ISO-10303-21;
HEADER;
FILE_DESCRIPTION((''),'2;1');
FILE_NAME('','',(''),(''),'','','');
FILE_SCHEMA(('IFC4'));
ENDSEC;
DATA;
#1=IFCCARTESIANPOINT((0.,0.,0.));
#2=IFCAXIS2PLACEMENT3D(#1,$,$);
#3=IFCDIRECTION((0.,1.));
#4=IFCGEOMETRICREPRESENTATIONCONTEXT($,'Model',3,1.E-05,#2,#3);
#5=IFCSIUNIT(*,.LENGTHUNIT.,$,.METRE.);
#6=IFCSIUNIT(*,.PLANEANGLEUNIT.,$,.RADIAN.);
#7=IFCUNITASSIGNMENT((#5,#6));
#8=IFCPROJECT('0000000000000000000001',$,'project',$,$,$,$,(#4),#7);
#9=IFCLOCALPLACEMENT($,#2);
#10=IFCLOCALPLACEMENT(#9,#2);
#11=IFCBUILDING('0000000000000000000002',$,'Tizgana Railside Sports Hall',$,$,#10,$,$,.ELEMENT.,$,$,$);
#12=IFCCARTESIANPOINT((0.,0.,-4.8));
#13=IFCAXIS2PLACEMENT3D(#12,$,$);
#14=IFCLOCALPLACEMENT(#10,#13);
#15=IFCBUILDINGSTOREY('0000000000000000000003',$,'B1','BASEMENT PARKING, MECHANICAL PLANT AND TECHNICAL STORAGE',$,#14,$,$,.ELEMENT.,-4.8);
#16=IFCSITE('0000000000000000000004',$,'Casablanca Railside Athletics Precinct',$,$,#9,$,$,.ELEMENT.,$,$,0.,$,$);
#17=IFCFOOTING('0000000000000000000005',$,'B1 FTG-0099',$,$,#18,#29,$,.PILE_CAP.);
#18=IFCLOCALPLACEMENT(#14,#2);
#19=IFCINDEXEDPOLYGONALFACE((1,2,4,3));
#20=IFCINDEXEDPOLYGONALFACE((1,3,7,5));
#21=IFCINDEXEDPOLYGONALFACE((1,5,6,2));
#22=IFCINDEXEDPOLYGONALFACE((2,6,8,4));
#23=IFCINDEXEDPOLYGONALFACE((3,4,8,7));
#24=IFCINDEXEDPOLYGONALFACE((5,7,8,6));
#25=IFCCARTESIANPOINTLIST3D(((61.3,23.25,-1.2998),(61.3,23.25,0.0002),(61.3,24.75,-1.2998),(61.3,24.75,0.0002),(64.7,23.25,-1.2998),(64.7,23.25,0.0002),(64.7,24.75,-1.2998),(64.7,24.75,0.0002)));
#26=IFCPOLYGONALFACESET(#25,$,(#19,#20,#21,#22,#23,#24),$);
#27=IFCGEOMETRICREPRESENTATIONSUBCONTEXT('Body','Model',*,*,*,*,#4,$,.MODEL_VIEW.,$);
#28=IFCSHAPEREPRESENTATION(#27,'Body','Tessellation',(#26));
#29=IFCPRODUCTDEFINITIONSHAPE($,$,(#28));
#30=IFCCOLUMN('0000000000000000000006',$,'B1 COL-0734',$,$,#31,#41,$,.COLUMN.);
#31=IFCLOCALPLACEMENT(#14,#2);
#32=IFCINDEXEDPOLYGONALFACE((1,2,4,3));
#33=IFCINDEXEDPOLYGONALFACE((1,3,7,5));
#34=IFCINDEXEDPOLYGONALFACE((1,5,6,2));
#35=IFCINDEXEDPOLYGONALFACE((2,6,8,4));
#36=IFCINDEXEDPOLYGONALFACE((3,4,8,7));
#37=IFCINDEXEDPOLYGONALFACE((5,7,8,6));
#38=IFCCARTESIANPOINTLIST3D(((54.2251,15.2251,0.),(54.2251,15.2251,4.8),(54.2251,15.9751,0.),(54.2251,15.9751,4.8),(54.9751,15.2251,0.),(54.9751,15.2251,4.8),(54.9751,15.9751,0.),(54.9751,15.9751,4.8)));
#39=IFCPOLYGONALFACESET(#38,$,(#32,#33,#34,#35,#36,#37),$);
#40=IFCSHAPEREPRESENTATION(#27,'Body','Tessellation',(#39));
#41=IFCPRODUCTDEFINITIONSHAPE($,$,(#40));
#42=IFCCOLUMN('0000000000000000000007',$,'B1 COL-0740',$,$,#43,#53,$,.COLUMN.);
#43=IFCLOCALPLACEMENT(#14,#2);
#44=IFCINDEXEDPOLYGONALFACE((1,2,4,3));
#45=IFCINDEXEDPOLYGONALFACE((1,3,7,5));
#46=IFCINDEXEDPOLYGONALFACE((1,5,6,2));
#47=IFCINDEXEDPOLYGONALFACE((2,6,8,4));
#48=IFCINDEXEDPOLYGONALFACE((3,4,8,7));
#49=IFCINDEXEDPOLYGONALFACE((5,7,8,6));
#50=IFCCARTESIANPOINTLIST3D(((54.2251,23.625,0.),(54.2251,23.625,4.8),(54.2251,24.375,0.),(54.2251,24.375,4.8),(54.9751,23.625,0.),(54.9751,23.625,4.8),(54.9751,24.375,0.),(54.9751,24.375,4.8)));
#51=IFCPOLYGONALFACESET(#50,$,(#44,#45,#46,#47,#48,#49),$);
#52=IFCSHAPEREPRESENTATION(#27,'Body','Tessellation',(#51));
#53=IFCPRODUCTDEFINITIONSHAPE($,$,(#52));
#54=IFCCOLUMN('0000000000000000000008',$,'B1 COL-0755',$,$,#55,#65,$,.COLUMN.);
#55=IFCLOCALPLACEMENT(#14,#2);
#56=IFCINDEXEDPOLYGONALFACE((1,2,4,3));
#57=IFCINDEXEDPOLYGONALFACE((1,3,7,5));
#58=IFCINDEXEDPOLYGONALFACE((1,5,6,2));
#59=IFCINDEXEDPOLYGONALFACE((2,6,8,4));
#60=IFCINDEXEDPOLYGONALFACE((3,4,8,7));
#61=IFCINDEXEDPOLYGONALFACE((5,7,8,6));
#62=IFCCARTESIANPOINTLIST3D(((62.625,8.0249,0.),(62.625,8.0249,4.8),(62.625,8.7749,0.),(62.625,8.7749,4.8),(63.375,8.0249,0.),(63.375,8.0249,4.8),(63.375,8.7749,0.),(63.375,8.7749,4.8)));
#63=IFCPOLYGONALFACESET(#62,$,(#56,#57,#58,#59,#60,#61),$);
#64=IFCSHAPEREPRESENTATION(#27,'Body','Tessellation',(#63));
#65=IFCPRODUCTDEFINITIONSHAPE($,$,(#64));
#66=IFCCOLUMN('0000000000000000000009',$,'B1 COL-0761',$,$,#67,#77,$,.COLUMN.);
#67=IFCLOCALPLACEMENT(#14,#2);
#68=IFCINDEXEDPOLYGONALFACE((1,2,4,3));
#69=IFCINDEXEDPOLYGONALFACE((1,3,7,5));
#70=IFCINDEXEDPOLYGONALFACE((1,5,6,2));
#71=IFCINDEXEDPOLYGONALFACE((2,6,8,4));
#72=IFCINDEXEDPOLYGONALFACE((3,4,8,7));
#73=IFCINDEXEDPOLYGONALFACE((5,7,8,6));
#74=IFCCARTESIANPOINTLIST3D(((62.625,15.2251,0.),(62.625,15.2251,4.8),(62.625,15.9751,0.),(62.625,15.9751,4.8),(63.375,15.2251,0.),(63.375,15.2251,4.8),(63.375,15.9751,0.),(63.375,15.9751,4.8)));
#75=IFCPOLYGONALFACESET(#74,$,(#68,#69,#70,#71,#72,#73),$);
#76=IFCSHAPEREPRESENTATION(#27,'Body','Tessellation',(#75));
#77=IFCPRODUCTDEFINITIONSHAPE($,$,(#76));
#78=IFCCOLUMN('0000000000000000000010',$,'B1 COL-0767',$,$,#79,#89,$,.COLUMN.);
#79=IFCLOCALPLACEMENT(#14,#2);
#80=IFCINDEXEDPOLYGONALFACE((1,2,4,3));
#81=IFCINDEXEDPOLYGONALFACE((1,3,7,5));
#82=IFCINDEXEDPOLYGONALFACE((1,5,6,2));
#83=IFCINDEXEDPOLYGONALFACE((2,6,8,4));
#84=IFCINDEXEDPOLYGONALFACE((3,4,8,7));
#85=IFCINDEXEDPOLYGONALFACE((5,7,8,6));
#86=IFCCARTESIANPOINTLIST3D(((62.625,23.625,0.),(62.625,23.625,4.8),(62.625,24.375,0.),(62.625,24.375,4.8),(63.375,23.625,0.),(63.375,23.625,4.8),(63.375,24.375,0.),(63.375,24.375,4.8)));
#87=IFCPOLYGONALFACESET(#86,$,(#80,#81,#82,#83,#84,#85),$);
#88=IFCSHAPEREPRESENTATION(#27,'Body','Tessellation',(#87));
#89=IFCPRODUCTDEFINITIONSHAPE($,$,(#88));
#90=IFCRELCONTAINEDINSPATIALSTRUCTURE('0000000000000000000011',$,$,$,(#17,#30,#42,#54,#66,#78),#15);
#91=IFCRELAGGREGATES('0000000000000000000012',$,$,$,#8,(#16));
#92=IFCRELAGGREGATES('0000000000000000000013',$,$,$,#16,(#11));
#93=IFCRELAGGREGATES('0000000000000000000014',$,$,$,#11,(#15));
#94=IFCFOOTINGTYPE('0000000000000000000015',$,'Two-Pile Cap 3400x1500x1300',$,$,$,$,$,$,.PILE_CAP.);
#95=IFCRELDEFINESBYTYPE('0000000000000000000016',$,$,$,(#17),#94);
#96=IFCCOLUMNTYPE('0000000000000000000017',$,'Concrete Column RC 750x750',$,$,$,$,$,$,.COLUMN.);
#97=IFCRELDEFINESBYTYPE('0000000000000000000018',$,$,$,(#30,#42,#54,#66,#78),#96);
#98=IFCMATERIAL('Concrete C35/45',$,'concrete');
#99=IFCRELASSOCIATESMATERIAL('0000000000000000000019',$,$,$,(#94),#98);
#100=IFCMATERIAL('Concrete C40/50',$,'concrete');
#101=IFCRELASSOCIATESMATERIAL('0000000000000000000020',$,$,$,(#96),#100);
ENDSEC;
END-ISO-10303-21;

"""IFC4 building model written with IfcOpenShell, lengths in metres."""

from ifc_helpers import new_model, si_unit, direction, frame, origin, origin_2d, place, context, subcontext, project, spatial, rectangle, extrude, material, material_profile, profile_set, type_object, element, save


model = new_model("IFC4")

# Units and contexts
model_context = context("Model", 3, precision=1e-05, world=origin(), true_north=direction((0.0, 1.0)))
body_context = subcontext(model_context, "Body", "Model", "MODEL_VIEW")
ifc_project = project(units=[si_unit("LENGTHUNIT", "METRE"), si_unit("PLANEANGLEUNIT", "RADIAN")], contexts=[model_context])

# Site, building, storey
site_placement = place(None, origin())
site = spatial("IfcSite", under=ifc_project, at=site_placement, Name="Casablanca Railside Athletics Precinct", CompositionType="ELEMENT", RefElevation=0.0)
building_placement = place(site_placement, origin())
building = spatial("IfcBuilding", under=site, at=building_placement, Name="Tizgana Railside Sports Hall", CompositionType="ELEMENT")
storey_placement = place(building_placement, frame((0.0, 0.0, -4.8)))
storey = spatial("IfcBuildingStorey", under=building, at=storey_placement, Name="B1", Description="BASEMENT PARKING, MECHANICAL PLANT AND TECHNICAL STORAGE", CompositionType="ELEMENT", Elevation=-4.8)

# Shared definitions
ifc_material_1 = material(Name="Concrete C35/45", Category="concrete")

# Footing
footing_type_1 = type_object("IfcFootingType", Name="Two-Pile Cap 3400x1500x1300", PredefinedType="PILE_CAP", material=ifc_material_1)
for number, where, z_axis, x_axis, name in (
    (1, (63.0, 24.0, -1.2998), (0.0, 0.0, 1.0), (1.0, 0.0, 0.0), "B1 FTG-0099"),
):
    element("IfcFooting", number, at=place(storey_placement, frame(where, z_axis=z_axis, x_axis=x_axis)), inside=storey, type_object=footing_type_1, Name=name, PredefinedType="PILE_CAP", context=body_context, shape_type="SweptSolid", body=[
        extrude(rectangle(XDim=3.3999, YDim=1.5, at=origin_2d()), origin(), (0.0, 0.0, 1.0), 1.3),
    ])

# Columns
ifc_material_2 = material(Name="Concrete C40/50", Category="concrete")
ifc_material_profile_1 = material_profile(ifc_material_2, rectangle(XDim=0.75, YDim=0.75, at=origin_2d()), Name="RC 750x750")
ifc_profile_set_1 = profile_set([ifc_material_profile_1], Name="Concrete C40/50")
column_type = type_object("IfcColumnType", Name="Concrete Column RC 750x750", PredefinedType="COLUMN", material=ifc_profile_set_1)
for number, where, z_axis, x_axis, name in (
    (2, (54.6001, 15.6001, 0.0), (0.0, 0.0, 1.0), (1.0, 0.0, 0.0), "B1 COL-0734"),
    (3, (54.6001, 24.0, 0.0), (0.0, 0.0, 1.0), (1.0, 0.0, 0.0), "B1 COL-0740"),
    (4, (63.0, 8.3999, 0.0), (0.0, 0.0, 1.0), (1.0, 0.0, 0.0), "B1 COL-0755"),
    (5, (63.0, 15.6001, 0.0), (0.0, 0.0, 1.0), (1.0, 0.0, 0.0), "B1 COL-0761"),
    (6, (63.0, 24.0, 0.0), (0.0, 0.0, 1.0), (1.0, 0.0, 0.0), "B1 COL-0767"),
):
    element("IfcColumn", number, at=place(storey_placement, frame(where, z_axis=z_axis, x_axis=x_axis)), inside=storey, type_object=column_type, Name=name, PredefinedType="COLUMN", context=body_context, shape_type="SweptSolid", body=[
        extrude(rectangle(XDim=0.75, YDim=0.75, at=origin_2d()), origin(), (0.0, 0.0, 1.0), 4.8),
    ])

save(model, "model.ifc")
